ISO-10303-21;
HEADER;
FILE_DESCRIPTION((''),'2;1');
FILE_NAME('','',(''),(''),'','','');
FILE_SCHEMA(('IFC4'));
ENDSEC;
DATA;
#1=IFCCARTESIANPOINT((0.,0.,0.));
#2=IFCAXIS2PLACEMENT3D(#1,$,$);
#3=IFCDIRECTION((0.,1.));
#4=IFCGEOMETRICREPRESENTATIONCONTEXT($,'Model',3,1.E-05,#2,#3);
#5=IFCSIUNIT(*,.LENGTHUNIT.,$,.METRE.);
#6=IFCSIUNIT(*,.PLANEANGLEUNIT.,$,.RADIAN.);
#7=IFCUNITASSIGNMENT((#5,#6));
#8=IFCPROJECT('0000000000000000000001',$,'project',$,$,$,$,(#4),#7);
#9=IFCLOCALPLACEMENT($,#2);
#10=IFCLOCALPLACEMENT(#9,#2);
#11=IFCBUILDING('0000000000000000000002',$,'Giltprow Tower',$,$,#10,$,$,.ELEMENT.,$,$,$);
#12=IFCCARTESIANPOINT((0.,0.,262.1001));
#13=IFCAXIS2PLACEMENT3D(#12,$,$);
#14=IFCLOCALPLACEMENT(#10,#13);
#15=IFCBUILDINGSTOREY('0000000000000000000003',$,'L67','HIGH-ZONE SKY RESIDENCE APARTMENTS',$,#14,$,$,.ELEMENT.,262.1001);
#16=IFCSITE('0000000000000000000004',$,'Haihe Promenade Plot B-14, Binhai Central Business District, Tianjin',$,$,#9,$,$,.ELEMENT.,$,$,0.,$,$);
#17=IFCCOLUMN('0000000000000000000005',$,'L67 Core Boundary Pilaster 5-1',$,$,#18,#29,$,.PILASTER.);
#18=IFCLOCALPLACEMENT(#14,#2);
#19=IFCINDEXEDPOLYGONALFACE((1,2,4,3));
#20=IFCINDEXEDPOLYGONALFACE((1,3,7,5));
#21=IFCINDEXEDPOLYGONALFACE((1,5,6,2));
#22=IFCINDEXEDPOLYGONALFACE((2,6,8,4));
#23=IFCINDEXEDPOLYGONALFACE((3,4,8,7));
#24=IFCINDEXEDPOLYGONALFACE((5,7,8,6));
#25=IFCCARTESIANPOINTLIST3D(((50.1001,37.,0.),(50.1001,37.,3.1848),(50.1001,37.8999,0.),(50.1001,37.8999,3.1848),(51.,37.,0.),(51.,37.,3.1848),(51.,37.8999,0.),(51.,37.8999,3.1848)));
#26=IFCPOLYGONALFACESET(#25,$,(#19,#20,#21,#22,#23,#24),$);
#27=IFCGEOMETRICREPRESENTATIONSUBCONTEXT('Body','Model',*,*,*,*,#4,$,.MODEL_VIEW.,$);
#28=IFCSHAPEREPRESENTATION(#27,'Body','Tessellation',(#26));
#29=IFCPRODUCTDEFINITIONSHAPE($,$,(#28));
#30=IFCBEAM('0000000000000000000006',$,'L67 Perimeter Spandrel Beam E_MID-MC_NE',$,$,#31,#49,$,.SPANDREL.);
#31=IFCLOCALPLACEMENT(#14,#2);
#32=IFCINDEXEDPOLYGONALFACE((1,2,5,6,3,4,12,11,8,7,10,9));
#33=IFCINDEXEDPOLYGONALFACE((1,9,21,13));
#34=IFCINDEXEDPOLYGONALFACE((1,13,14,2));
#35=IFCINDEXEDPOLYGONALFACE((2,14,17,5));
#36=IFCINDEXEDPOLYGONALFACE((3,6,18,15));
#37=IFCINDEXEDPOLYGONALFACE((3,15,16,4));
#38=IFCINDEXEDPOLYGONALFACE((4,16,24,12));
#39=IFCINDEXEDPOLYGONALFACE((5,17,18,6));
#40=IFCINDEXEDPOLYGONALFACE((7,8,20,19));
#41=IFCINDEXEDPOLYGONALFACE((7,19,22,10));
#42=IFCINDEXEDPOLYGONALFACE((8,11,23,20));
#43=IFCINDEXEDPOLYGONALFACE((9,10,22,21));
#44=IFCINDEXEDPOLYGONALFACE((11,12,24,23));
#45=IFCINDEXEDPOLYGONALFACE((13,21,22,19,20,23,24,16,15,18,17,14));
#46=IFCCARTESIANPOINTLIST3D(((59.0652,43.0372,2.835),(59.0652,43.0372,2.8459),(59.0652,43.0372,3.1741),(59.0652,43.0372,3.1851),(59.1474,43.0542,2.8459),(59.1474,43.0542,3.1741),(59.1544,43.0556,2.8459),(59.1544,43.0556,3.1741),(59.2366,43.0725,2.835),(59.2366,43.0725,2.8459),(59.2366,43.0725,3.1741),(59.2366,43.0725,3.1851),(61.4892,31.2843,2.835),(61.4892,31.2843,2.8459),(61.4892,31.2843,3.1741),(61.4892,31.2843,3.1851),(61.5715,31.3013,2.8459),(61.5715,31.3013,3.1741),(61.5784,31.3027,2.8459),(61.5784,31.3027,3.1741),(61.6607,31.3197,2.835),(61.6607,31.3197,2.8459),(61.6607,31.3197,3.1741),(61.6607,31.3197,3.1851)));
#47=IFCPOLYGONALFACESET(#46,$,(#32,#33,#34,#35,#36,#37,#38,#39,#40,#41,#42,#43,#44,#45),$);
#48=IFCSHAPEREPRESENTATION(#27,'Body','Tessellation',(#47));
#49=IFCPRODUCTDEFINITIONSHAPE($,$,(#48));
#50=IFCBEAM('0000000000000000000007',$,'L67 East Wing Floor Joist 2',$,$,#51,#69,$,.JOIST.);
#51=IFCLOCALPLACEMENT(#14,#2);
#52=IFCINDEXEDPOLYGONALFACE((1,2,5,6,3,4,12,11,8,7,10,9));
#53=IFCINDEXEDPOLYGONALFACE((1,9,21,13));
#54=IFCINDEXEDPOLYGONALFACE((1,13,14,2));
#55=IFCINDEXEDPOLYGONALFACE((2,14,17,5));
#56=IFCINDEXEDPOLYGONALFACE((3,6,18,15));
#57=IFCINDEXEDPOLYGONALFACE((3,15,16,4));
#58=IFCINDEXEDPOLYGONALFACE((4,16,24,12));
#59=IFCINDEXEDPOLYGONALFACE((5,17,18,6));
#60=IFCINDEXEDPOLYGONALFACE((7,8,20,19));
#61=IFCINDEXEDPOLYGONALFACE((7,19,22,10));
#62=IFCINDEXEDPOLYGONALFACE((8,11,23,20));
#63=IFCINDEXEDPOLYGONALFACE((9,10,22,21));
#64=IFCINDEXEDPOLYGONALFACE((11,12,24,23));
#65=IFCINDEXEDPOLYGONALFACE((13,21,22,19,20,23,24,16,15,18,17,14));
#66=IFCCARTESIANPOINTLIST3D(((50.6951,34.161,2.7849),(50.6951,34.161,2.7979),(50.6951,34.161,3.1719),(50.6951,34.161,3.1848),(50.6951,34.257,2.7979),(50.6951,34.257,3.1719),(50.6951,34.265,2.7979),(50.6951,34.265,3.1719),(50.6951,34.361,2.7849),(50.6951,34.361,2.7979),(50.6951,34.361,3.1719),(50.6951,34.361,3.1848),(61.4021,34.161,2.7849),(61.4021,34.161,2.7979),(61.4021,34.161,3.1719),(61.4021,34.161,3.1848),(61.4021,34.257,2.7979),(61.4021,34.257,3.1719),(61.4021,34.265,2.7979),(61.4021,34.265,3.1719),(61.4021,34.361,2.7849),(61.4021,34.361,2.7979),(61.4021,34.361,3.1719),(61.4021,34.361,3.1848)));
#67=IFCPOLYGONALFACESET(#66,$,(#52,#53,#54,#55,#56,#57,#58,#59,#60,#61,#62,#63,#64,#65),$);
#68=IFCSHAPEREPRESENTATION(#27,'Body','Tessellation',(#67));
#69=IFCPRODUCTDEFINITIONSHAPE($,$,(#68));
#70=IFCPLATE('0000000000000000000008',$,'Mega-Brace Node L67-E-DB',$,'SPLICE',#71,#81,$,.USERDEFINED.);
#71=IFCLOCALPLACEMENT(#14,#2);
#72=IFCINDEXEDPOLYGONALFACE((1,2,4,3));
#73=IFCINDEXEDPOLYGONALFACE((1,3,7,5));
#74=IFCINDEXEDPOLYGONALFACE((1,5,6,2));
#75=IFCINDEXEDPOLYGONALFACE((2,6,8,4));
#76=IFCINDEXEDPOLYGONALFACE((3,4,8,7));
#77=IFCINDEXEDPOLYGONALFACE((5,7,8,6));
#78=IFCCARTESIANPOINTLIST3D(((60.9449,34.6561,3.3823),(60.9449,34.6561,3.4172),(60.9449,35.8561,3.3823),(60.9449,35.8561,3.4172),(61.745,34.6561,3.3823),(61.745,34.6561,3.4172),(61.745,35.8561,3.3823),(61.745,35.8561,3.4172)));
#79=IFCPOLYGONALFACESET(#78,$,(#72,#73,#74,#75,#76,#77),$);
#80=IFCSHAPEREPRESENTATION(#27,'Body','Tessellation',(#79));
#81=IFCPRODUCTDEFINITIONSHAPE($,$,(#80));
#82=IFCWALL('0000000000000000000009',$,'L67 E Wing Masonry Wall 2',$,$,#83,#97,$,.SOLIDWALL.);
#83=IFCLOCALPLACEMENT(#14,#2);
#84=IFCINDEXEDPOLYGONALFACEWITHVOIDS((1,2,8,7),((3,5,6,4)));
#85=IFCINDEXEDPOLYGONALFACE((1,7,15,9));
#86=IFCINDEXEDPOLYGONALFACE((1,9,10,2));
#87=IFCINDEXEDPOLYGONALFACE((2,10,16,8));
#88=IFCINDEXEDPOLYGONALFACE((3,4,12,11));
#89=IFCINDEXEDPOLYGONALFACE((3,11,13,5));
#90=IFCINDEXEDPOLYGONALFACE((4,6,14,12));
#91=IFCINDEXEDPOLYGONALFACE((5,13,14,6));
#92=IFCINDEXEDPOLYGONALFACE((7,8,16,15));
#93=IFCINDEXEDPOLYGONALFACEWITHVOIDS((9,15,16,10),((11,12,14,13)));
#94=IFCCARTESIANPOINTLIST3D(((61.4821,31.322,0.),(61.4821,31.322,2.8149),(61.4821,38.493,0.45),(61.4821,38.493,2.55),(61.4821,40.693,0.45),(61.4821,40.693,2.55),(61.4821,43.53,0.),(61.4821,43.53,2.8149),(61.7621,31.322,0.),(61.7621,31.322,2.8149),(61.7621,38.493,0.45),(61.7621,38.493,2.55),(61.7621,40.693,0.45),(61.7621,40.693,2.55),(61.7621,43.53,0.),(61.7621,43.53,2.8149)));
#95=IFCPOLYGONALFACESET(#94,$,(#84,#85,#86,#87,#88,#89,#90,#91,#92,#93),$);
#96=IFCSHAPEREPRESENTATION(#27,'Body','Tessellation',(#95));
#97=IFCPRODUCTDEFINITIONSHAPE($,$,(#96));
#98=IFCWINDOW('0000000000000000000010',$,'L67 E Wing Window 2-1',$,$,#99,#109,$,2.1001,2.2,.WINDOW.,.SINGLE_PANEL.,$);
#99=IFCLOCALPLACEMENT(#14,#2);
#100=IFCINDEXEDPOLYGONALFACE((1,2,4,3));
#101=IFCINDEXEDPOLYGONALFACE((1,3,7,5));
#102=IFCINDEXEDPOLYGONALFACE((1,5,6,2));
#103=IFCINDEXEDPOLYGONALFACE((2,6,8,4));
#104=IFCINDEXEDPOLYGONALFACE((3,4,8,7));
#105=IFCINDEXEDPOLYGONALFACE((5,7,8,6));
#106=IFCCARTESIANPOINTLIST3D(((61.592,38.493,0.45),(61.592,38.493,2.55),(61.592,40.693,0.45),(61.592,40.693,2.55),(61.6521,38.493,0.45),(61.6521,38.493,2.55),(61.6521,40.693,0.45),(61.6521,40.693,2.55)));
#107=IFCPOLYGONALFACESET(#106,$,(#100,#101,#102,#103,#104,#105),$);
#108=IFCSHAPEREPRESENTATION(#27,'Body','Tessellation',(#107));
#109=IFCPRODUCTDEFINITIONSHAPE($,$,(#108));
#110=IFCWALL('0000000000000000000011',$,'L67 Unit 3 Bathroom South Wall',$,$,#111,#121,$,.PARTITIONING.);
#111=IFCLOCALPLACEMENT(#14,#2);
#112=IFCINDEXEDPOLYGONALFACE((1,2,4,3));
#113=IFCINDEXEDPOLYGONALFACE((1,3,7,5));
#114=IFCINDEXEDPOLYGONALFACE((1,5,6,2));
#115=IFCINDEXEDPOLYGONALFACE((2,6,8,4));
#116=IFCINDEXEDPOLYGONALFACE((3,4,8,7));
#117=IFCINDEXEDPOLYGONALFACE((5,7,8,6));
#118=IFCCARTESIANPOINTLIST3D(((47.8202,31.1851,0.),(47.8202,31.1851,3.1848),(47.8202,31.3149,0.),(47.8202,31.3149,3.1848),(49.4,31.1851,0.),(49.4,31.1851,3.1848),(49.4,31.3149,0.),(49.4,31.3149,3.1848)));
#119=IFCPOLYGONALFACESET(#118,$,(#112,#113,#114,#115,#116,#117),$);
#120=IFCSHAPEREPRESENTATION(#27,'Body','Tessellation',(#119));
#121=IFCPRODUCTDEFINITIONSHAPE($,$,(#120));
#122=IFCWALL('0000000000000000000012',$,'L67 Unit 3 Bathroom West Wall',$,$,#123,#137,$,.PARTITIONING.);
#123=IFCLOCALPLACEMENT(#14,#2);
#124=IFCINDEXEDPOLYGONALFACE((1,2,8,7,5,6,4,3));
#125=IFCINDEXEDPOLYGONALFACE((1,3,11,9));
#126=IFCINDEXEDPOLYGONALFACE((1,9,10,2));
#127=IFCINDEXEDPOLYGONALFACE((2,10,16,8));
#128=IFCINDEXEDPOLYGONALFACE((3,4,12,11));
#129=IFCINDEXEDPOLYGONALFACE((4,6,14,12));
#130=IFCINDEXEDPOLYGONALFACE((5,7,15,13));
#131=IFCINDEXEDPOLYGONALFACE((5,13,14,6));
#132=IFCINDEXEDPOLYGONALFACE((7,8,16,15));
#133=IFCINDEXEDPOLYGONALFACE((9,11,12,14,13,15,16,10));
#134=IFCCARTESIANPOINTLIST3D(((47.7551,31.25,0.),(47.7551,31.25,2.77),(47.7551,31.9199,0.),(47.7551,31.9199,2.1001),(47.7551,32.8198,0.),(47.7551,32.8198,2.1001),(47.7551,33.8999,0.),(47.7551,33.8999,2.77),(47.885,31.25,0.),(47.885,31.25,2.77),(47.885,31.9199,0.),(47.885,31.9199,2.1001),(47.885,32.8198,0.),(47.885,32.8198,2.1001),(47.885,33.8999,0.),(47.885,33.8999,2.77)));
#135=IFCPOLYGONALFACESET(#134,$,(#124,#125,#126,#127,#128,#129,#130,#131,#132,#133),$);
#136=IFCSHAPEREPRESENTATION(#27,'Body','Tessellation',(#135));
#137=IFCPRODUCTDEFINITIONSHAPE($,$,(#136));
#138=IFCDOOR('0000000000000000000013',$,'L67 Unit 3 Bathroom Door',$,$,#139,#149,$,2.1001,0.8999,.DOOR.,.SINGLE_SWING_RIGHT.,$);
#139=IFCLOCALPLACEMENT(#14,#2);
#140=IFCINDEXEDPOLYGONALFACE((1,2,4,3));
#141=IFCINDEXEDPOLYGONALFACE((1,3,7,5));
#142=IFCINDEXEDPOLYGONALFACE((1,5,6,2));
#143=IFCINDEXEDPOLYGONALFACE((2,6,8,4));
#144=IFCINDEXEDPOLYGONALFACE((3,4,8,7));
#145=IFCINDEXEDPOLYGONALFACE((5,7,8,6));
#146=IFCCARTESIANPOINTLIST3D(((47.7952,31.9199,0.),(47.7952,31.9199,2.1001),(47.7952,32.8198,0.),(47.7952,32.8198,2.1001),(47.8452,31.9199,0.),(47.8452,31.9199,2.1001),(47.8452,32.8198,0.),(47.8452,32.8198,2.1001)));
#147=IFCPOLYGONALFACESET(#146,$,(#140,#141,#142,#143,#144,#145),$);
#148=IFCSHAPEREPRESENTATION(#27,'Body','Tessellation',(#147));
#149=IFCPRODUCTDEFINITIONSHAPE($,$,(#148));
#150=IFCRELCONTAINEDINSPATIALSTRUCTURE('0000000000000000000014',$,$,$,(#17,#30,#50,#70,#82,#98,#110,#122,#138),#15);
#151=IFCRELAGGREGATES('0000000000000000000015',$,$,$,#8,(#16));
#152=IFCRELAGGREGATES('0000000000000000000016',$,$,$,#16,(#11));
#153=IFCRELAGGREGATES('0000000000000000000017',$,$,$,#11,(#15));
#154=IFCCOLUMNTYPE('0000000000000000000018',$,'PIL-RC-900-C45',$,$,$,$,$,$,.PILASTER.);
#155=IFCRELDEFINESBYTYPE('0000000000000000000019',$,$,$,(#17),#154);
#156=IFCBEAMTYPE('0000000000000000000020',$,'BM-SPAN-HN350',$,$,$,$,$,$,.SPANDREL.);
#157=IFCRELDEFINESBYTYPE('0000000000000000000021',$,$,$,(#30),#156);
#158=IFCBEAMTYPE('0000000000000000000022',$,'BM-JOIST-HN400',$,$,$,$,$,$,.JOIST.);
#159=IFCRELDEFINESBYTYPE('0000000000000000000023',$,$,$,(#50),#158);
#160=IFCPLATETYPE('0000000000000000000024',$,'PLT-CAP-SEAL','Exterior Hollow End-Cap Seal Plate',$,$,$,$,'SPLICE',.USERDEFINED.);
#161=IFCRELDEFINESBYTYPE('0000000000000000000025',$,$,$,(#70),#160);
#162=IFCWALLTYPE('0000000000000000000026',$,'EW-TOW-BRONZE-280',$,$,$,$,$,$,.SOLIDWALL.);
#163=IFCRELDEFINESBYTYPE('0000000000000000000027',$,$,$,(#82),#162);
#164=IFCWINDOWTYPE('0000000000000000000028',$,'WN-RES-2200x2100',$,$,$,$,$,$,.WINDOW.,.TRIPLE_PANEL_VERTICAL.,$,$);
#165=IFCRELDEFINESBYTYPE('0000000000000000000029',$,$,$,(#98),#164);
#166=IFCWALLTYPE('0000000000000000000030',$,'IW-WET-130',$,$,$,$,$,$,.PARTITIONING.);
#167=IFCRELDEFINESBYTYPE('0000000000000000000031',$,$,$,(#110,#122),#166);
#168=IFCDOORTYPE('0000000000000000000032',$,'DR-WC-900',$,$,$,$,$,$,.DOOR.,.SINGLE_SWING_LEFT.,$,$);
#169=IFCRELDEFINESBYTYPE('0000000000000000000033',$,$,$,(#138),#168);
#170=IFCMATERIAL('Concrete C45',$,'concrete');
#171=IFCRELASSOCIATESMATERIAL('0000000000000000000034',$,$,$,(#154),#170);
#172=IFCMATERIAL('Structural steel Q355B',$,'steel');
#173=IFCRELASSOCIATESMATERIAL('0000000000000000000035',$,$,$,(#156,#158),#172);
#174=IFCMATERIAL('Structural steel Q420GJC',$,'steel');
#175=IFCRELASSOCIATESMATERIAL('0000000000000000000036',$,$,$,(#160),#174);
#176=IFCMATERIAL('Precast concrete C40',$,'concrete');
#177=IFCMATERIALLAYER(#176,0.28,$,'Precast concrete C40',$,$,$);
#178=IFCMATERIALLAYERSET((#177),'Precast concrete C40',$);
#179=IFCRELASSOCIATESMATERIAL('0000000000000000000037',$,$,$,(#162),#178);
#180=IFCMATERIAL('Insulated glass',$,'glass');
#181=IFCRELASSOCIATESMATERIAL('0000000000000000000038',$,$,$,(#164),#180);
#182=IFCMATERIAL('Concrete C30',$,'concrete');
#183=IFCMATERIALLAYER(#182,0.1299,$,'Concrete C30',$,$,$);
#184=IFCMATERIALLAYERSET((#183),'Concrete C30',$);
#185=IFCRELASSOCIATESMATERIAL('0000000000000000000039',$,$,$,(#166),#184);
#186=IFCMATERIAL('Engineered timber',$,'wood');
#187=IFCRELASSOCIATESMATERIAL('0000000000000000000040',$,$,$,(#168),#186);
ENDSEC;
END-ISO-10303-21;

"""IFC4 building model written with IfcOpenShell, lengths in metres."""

from ifc_helpers import new_model, si_unit, direction, frame, frame_2d, origin, origin_2d, place, context, subcontext, project, spatial, rectangle, i_section, extrude, source, transform, mapped, material, layer, layer_set, material_profile, profile_set, type_object, element, fill, save


model = new_model("IFC4")

# Units and contexts
model_context = context("Model", 3, precision=1e-05, world=origin(), true_north=direction((0.0, 1.0)))
body_context = subcontext(model_context, "Body", "Model", "MODEL_VIEW")
ifc_project = project(units=[si_unit("LENGTHUNIT", "METRE"), si_unit("PLANEANGLEUNIT", "RADIAN")], contexts=[model_context])

# Site, building, storey
site_placement = place(None, origin())
site = spatial("IfcSite", under=ifc_project, at=site_placement, Name="Haihe Promenade Plot B-14, Binhai Central Business District, Tianjin", CompositionType="ELEMENT", RefElevation=0.0)
building_placement = place(site_placement, origin())
building = spatial("IfcBuilding", under=site, at=building_placement, Name="Giltprow Tower", CompositionType="ELEMENT")
storey_placement = place(building_placement, frame((0.0, 0.0, 262.1001)))
storey = spatial("IfcBuildingStorey", under=building, at=storey_placement, Name="L67", Description="HIGH-ZONE SKY RESIDENCE APARTMENTS", CompositionType="ELEMENT", Elevation=262.1001)

# Column
ifc_material_1 = material(Name="Concrete C45", Category="concrete")
ifc_material_profile_1 = material_profile(ifc_material_1, rectangle(XDim=0.8999, YDim=0.8999, at=origin_2d()), Name="RC 900x900")
ifc_profile_set_1 = profile_set([ifc_material_profile_1], Name="Concrete C45")
column_type = type_object("IfcColumnType", Name="PIL-RC-900-C45", PredefinedType="PILASTER", material=ifc_profile_set_1)
shared_shape_1 = source(origin(), body_context, "Body", "SweptSolid", [
    extrude(rectangle(XDim=0.8999, YDim=0.8999, at=origin_2d()), origin(), (0.0, 0.0, 1.0), 3.1848),
])
column_placement = place(storey_placement, frame((50.55, 37.45, 0.0), z_axis=(0.0, 0.0, 1.0), x_axis=(1.0, 0.0, 0.0)))
element("IfcColumn", 1, at=column_placement, inside=storey, type_object=column_type, Name="L67 Core Boundary Pilaster 5-1", PredefinedType="PILASTER", context=body_context, shape_type="MappedRepresentation", body=[
    mapped(shared_shape_1, transform((0.0, 0.0, 0.0), x_axis=(1.0, 0.0, 0.0), y_axis=(0.0, 1.0, 0.0), z_axis=(0.0, 0.0, 1.0), scale=1.0)),
])

# Beams
ifc_material_2 = material(Name="Structural steel Q355B", Category="steel")
ifc_material_profile_2 = material_profile(ifc_material_2, i_section(OverallWidth=0.175, OverallDepth=0.3501, WebThickness=0.0071, FlangeThickness=0.011, at=origin_2d()), Name="HN 350x175x7x11")
ifc_profile_set_2 = profile_set([ifc_material_profile_2], Name="Structural steel Q355B")
beam_type_1 = type_object("IfcBeamType", Name="BM-SPAN-HN350", PredefinedType="SPANDREL", material=ifc_profile_set_2)
shared_shape_2 = source(origin(), body_context, "Body", "SweptSolid", [
    extrude(i_section(OverallWidth=0.175, OverallDepth=0.3501, WebThickness=0.0071, FlangeThickness=0.011, at=origin_2d()), origin(), (0.0, 0.0, 1.0), 12.0002),
])
beam_1_placement = place(storey_placement, frame((61.575, 31.302, 3.01), z_axis=(-0.202001, 0.979385, 0.0), x_axis=(-0.979385, -0.202001, 0.0)))
element("IfcBeam", 2, at=beam_1_placement, inside=storey, type_object=beam_type_1, Name="L67 Perimeter Spandrel Beam E_MID-MC_NE", PredefinedType="SPANDREL", context=body_context, shape_type="MappedRepresentation", body=[
    mapped(shared_shape_2, transform((0.0, 0.0, 0.0), x_axis=(1.0, 0.0, 0.0), y_axis=(0.0, 1.0, 0.0), z_axis=(0.0, 0.0, 1.0), scale=1.0)),
])
ifc_material_profile_3 = material_profile(ifc_material_2, i_section(OverallWidth=0.2, OverallDepth=0.3999, WebThickness=0.0081, FlangeThickness=0.0129, at=origin_2d()), Name="HN 400x200x8x13")
ifc_profile_set_3 = profile_set([ifc_material_profile_3], Name="Structural steel Q355B")
beam_type_2 = type_object("IfcBeamType", Name="BM-JOIST-HN400", PredefinedType="JOIST", material=ifc_profile_set_3)
shared_shape_3 = source(origin(), body_context, "Body", "SweptSolid", [
    extrude(i_section(OverallWidth=0.2, OverallDepth=0.3999, WebThickness=0.0081, FlangeThickness=0.0129, at=origin_2d()), origin(), (0.0, 0.0, 1.0), 10.707),
])
beam_2_placement = place(storey_placement, frame((50.6951, 34.261, 2.9849), z_axis=(1.0, 0.0, 0.0), x_axis=(0.0, 1.0, 0.0)))
element("IfcBeam", 3, at=beam_2_placement, inside=storey, type_object=beam_type_2, Name="L67 East Wing Floor Joist 2", PredefinedType="JOIST", context=body_context, shape_type="MappedRepresentation", body=[
    mapped(shared_shape_3, transform((0.0, 0.0, 0.0), x_axis=(1.0, 0.0, 0.0), y_axis=(0.0, 1.0, 0.0), z_axis=(0.0, 0.0, 1.0), scale=1.0)),
])

# Plate
ifc_material_3 = material(Name="Structural steel Q420GJC", Category="steel")
plate_type = type_object("IfcPlateType", Name="PLT-CAP-SEAL", Description="Exterior Hollow End-Cap Seal Plate", ElementType="SPLICE", PredefinedType="USERDEFINED", material=ifc_material_3)
shared_shape_4 = source(origin(), body_context, "Body", "SweptSolid", [
    extrude(rectangle(XDim=1.2, YDim=0.8, at=origin_2d()), origin(), (0.0, 0.0, 1.0), 0.0349),
])
plate_placement = place(storey_placement, frame((61.345, 35.2561, 3.3823), z_axis=(0.0, 0.0, 1.0), x_axis=(0.0, 1.0, 0.0)))
element("IfcPlate", 4, at=plate_placement, inside=storey, type_object=plate_type, Name="Mega-Brace Node L67-E-DB", ObjectType="SPLICE", PredefinedType="USERDEFINED", context=body_context, shape_type="MappedRepresentation", body=[
    mapped(shared_shape_4, transform((0.0, 0.0, 0.0), x_axis=(1.0, 0.0, 0.0), y_axis=(0.0, 1.0, 0.0), z_axis=(0.0, 0.0, 1.0), scale=1.0)),
])

# Wall, opening, window
ifc_material_4 = material(Name="Precast concrete C40", Category="concrete")
ifc_layer_1 = layer(ifc_material_4, 0.28, Name="Precast concrete C40")
ifc_layer_set_1 = layer_set([ifc_layer_1], Name="Precast concrete C40")
wall_type_1 = type_object("IfcWallType", Name="EW-TOW-BRONZE-280", PredefinedType="SOLIDWALL", material=ifc_layer_set_1)
wall_1_placement = place(storey_placement, frame((61.6221, 31.322, 0.0), z_axis=(0.0, 0.0, 1.0), x_axis=(0.0, 1.0, 0.0)))
wall_1 = element("IfcWall", 5, at=wall_1_placement, inside=storey, type_object=wall_type_1, Name="L67 E Wing Masonry Wall 2", PredefinedType="SOLIDWALL", context=body_context, shape_type="SweptSolid", body=[
    extrude(rectangle(XDim=12.208, YDim=0.28, at=frame_2d((6.104, 0.0))), origin(), (0.0, 0.0, 1.0), 2.8149),
])
opening_1_placement = place(wall_1_placement, frame((7.1709, 0.0, 0.45)))
opening_1 = element("IfcOpeningElement", 6, at=opening_1_placement, cuts=wall_1, PredefinedType="OPENING", context=body_context, shape_type="SweptSolid", body=[
    extrude(rectangle(XDim=2.2, YDim=2.1001, at=frame_2d((1.1001, 1.05))), frame((0.0, 0.1499, 0.0), z_axis=(0.0, -1.0, 0.0), x_axis=(1.0, 0.0, 0.0)), (0.0, 0.0, 1.0), 0.3),
])
ifc_material_5 = material(Name="Insulated glass", Category="glass")
window_type = type_object("IfcWindowType", Name="WN-RES-2200x2100", PartitioningType="TRIPLE_PANEL_VERTICAL", PredefinedType="WINDOW", material=ifc_material_5)
shared_shape_5 = source(origin(), body_context, "Body", "SweptSolid", [
    extrude(rectangle(XDim=2.2, YDim=2.1001, at=frame_2d((1.1001, 1.05))), frame((0.0, 0.03, 0.0), z_axis=(0.0, -1.0, 0.0), x_axis=(1.0, 0.0, 0.0)), (0.0, 0.0, 1.0), 0.0601),
])
window_placement = place(opening_1_placement, origin())
window = element("IfcWindow", 7, at=window_placement, inside=storey, type_object=window_type, Name="L67 E Wing Window 2-1", OverallHeight=2.1001, OverallWidth=2.2, PartitioningType="SINGLE_PANEL", PredefinedType="WINDOW", context=body_context, shape_type="MappedRepresentation", body=[
    mapped(shared_shape_5, transform((0.0, 0.0, 0.0), x_axis=(1.0, 0.0, 0.0), y_axis=(0.0, 1.0, 0.0), z_axis=(0.0, 0.0, 1.0), scale=1.0)),
])
fill(opening_1, window)

# Wall
ifc_material_6 = material(Name="Concrete C30", Category="concrete")
ifc_layer_2 = layer(ifc_material_6, 0.1299, Name="Concrete C30")
ifc_layer_set_2 = layer_set([ifc_layer_2], Name="Concrete C30")
wall_type_2 = type_object("IfcWallType", Name="IW-WET-130", PredefinedType="PARTITIONING", material=ifc_layer_set_2)
wall_2_placement = place(storey_placement, frame((47.8201, 31.25, 0.0), z_axis=(0.0, 0.0, 1.0), x_axis=(1.0, 0.0, 0.0)))
element("IfcWall", 8, at=wall_2_placement, inside=storey, type_object=wall_type_2, Name="L67 Unit 3 Bathroom South Wall", PredefinedType="PARTITIONING", context=body_context, shape_type="SweptSolid", body=[
    extrude(rectangle(XDim=1.5798, YDim=0.1299, at=frame_2d((0.79, 0.0))), origin(), (0.0, 0.0, 1.0), 3.1848),
])

# Wall, opening, door
wall_3_placement = place(storey_placement, frame((47.8201, 31.25, 0.0), z_axis=(0.0, 0.0, 1.0), x_axis=(0.0, 1.0, 0.0)))
wall_3 = element("IfcWall", 9, at=wall_3_placement, inside=storey, type_object=wall_type_2, Name="L67 Unit 3 Bathroom West Wall", PredefinedType="PARTITIONING", context=body_context, shape_type="SweptSolid", body=[
    extrude(rectangle(XDim=2.6499, YDim=0.1299, at=frame_2d((1.325, 0.0))), origin(), (0.0, 0.0, 1.0), 2.77),
])
opening_2_placement = place(wall_3_placement, frame((0.6699, 0.0, 0.0)))
opening_2 = element("IfcOpeningElement", 10, at=opening_2_placement, cuts=wall_3, PredefinedType="OPENING", context=body_context, shape_type="SweptSolid", body=[
    extrude(rectangle(XDim=0.8999, YDim=2.1001, at=frame_2d((0.45, 1.05))), frame((0.0, 0.075, 0.0), z_axis=(0.0, -1.0, 0.0), x_axis=(1.0, 0.0, 0.0)), (0.0, 0.0, 1.0), 0.1499),
])
ifc_material_7 = material(Name="Engineered timber", Category="wood")
door_type_1 = type_object("IfcDoorType", Name="DR-WC-900", OperationType="SINGLE_SWING_LEFT", PredefinedType="DOOR", material=ifc_material_7)
shared_shape_6 = source(origin(), body_context, "Body", "SweptSolid", [
    extrude(rectangle(XDim=0.8999, YDim=2.1001, at=frame_2d((0.45, 1.05))), frame((0.0, 0.0249, 0.0), z_axis=(0.0, -1.0, 0.0), x_axis=(1.0, 0.0, 0.0)), (0.0, 0.0, 1.0), 0.05),
])
door_1_placement = place(opening_2_placement, origin())
door_1 = element("IfcDoor", 11, at=door_1_placement, inside=storey, type_object=door_type_1, Name="L67 Unit 3 Bathroom Door", OperationType="SINGLE_SWING_RIGHT", OverallHeight=2.1001, OverallWidth=0.8999, PredefinedType="DOOR", context=body_context, shape_type="MappedRepresentation", body=[
    mapped(shared_shape_6, transform((0.0, 0.0, 0.0), x_axis=(1.0, 0.0, 0.0), y_axis=(0.0, 1.0, 0.0), z_axis=(0.0, 0.0, 1.0), scale=1.0)),
])
fill(opening_2, door_1)

save(model, "model.ifc")
